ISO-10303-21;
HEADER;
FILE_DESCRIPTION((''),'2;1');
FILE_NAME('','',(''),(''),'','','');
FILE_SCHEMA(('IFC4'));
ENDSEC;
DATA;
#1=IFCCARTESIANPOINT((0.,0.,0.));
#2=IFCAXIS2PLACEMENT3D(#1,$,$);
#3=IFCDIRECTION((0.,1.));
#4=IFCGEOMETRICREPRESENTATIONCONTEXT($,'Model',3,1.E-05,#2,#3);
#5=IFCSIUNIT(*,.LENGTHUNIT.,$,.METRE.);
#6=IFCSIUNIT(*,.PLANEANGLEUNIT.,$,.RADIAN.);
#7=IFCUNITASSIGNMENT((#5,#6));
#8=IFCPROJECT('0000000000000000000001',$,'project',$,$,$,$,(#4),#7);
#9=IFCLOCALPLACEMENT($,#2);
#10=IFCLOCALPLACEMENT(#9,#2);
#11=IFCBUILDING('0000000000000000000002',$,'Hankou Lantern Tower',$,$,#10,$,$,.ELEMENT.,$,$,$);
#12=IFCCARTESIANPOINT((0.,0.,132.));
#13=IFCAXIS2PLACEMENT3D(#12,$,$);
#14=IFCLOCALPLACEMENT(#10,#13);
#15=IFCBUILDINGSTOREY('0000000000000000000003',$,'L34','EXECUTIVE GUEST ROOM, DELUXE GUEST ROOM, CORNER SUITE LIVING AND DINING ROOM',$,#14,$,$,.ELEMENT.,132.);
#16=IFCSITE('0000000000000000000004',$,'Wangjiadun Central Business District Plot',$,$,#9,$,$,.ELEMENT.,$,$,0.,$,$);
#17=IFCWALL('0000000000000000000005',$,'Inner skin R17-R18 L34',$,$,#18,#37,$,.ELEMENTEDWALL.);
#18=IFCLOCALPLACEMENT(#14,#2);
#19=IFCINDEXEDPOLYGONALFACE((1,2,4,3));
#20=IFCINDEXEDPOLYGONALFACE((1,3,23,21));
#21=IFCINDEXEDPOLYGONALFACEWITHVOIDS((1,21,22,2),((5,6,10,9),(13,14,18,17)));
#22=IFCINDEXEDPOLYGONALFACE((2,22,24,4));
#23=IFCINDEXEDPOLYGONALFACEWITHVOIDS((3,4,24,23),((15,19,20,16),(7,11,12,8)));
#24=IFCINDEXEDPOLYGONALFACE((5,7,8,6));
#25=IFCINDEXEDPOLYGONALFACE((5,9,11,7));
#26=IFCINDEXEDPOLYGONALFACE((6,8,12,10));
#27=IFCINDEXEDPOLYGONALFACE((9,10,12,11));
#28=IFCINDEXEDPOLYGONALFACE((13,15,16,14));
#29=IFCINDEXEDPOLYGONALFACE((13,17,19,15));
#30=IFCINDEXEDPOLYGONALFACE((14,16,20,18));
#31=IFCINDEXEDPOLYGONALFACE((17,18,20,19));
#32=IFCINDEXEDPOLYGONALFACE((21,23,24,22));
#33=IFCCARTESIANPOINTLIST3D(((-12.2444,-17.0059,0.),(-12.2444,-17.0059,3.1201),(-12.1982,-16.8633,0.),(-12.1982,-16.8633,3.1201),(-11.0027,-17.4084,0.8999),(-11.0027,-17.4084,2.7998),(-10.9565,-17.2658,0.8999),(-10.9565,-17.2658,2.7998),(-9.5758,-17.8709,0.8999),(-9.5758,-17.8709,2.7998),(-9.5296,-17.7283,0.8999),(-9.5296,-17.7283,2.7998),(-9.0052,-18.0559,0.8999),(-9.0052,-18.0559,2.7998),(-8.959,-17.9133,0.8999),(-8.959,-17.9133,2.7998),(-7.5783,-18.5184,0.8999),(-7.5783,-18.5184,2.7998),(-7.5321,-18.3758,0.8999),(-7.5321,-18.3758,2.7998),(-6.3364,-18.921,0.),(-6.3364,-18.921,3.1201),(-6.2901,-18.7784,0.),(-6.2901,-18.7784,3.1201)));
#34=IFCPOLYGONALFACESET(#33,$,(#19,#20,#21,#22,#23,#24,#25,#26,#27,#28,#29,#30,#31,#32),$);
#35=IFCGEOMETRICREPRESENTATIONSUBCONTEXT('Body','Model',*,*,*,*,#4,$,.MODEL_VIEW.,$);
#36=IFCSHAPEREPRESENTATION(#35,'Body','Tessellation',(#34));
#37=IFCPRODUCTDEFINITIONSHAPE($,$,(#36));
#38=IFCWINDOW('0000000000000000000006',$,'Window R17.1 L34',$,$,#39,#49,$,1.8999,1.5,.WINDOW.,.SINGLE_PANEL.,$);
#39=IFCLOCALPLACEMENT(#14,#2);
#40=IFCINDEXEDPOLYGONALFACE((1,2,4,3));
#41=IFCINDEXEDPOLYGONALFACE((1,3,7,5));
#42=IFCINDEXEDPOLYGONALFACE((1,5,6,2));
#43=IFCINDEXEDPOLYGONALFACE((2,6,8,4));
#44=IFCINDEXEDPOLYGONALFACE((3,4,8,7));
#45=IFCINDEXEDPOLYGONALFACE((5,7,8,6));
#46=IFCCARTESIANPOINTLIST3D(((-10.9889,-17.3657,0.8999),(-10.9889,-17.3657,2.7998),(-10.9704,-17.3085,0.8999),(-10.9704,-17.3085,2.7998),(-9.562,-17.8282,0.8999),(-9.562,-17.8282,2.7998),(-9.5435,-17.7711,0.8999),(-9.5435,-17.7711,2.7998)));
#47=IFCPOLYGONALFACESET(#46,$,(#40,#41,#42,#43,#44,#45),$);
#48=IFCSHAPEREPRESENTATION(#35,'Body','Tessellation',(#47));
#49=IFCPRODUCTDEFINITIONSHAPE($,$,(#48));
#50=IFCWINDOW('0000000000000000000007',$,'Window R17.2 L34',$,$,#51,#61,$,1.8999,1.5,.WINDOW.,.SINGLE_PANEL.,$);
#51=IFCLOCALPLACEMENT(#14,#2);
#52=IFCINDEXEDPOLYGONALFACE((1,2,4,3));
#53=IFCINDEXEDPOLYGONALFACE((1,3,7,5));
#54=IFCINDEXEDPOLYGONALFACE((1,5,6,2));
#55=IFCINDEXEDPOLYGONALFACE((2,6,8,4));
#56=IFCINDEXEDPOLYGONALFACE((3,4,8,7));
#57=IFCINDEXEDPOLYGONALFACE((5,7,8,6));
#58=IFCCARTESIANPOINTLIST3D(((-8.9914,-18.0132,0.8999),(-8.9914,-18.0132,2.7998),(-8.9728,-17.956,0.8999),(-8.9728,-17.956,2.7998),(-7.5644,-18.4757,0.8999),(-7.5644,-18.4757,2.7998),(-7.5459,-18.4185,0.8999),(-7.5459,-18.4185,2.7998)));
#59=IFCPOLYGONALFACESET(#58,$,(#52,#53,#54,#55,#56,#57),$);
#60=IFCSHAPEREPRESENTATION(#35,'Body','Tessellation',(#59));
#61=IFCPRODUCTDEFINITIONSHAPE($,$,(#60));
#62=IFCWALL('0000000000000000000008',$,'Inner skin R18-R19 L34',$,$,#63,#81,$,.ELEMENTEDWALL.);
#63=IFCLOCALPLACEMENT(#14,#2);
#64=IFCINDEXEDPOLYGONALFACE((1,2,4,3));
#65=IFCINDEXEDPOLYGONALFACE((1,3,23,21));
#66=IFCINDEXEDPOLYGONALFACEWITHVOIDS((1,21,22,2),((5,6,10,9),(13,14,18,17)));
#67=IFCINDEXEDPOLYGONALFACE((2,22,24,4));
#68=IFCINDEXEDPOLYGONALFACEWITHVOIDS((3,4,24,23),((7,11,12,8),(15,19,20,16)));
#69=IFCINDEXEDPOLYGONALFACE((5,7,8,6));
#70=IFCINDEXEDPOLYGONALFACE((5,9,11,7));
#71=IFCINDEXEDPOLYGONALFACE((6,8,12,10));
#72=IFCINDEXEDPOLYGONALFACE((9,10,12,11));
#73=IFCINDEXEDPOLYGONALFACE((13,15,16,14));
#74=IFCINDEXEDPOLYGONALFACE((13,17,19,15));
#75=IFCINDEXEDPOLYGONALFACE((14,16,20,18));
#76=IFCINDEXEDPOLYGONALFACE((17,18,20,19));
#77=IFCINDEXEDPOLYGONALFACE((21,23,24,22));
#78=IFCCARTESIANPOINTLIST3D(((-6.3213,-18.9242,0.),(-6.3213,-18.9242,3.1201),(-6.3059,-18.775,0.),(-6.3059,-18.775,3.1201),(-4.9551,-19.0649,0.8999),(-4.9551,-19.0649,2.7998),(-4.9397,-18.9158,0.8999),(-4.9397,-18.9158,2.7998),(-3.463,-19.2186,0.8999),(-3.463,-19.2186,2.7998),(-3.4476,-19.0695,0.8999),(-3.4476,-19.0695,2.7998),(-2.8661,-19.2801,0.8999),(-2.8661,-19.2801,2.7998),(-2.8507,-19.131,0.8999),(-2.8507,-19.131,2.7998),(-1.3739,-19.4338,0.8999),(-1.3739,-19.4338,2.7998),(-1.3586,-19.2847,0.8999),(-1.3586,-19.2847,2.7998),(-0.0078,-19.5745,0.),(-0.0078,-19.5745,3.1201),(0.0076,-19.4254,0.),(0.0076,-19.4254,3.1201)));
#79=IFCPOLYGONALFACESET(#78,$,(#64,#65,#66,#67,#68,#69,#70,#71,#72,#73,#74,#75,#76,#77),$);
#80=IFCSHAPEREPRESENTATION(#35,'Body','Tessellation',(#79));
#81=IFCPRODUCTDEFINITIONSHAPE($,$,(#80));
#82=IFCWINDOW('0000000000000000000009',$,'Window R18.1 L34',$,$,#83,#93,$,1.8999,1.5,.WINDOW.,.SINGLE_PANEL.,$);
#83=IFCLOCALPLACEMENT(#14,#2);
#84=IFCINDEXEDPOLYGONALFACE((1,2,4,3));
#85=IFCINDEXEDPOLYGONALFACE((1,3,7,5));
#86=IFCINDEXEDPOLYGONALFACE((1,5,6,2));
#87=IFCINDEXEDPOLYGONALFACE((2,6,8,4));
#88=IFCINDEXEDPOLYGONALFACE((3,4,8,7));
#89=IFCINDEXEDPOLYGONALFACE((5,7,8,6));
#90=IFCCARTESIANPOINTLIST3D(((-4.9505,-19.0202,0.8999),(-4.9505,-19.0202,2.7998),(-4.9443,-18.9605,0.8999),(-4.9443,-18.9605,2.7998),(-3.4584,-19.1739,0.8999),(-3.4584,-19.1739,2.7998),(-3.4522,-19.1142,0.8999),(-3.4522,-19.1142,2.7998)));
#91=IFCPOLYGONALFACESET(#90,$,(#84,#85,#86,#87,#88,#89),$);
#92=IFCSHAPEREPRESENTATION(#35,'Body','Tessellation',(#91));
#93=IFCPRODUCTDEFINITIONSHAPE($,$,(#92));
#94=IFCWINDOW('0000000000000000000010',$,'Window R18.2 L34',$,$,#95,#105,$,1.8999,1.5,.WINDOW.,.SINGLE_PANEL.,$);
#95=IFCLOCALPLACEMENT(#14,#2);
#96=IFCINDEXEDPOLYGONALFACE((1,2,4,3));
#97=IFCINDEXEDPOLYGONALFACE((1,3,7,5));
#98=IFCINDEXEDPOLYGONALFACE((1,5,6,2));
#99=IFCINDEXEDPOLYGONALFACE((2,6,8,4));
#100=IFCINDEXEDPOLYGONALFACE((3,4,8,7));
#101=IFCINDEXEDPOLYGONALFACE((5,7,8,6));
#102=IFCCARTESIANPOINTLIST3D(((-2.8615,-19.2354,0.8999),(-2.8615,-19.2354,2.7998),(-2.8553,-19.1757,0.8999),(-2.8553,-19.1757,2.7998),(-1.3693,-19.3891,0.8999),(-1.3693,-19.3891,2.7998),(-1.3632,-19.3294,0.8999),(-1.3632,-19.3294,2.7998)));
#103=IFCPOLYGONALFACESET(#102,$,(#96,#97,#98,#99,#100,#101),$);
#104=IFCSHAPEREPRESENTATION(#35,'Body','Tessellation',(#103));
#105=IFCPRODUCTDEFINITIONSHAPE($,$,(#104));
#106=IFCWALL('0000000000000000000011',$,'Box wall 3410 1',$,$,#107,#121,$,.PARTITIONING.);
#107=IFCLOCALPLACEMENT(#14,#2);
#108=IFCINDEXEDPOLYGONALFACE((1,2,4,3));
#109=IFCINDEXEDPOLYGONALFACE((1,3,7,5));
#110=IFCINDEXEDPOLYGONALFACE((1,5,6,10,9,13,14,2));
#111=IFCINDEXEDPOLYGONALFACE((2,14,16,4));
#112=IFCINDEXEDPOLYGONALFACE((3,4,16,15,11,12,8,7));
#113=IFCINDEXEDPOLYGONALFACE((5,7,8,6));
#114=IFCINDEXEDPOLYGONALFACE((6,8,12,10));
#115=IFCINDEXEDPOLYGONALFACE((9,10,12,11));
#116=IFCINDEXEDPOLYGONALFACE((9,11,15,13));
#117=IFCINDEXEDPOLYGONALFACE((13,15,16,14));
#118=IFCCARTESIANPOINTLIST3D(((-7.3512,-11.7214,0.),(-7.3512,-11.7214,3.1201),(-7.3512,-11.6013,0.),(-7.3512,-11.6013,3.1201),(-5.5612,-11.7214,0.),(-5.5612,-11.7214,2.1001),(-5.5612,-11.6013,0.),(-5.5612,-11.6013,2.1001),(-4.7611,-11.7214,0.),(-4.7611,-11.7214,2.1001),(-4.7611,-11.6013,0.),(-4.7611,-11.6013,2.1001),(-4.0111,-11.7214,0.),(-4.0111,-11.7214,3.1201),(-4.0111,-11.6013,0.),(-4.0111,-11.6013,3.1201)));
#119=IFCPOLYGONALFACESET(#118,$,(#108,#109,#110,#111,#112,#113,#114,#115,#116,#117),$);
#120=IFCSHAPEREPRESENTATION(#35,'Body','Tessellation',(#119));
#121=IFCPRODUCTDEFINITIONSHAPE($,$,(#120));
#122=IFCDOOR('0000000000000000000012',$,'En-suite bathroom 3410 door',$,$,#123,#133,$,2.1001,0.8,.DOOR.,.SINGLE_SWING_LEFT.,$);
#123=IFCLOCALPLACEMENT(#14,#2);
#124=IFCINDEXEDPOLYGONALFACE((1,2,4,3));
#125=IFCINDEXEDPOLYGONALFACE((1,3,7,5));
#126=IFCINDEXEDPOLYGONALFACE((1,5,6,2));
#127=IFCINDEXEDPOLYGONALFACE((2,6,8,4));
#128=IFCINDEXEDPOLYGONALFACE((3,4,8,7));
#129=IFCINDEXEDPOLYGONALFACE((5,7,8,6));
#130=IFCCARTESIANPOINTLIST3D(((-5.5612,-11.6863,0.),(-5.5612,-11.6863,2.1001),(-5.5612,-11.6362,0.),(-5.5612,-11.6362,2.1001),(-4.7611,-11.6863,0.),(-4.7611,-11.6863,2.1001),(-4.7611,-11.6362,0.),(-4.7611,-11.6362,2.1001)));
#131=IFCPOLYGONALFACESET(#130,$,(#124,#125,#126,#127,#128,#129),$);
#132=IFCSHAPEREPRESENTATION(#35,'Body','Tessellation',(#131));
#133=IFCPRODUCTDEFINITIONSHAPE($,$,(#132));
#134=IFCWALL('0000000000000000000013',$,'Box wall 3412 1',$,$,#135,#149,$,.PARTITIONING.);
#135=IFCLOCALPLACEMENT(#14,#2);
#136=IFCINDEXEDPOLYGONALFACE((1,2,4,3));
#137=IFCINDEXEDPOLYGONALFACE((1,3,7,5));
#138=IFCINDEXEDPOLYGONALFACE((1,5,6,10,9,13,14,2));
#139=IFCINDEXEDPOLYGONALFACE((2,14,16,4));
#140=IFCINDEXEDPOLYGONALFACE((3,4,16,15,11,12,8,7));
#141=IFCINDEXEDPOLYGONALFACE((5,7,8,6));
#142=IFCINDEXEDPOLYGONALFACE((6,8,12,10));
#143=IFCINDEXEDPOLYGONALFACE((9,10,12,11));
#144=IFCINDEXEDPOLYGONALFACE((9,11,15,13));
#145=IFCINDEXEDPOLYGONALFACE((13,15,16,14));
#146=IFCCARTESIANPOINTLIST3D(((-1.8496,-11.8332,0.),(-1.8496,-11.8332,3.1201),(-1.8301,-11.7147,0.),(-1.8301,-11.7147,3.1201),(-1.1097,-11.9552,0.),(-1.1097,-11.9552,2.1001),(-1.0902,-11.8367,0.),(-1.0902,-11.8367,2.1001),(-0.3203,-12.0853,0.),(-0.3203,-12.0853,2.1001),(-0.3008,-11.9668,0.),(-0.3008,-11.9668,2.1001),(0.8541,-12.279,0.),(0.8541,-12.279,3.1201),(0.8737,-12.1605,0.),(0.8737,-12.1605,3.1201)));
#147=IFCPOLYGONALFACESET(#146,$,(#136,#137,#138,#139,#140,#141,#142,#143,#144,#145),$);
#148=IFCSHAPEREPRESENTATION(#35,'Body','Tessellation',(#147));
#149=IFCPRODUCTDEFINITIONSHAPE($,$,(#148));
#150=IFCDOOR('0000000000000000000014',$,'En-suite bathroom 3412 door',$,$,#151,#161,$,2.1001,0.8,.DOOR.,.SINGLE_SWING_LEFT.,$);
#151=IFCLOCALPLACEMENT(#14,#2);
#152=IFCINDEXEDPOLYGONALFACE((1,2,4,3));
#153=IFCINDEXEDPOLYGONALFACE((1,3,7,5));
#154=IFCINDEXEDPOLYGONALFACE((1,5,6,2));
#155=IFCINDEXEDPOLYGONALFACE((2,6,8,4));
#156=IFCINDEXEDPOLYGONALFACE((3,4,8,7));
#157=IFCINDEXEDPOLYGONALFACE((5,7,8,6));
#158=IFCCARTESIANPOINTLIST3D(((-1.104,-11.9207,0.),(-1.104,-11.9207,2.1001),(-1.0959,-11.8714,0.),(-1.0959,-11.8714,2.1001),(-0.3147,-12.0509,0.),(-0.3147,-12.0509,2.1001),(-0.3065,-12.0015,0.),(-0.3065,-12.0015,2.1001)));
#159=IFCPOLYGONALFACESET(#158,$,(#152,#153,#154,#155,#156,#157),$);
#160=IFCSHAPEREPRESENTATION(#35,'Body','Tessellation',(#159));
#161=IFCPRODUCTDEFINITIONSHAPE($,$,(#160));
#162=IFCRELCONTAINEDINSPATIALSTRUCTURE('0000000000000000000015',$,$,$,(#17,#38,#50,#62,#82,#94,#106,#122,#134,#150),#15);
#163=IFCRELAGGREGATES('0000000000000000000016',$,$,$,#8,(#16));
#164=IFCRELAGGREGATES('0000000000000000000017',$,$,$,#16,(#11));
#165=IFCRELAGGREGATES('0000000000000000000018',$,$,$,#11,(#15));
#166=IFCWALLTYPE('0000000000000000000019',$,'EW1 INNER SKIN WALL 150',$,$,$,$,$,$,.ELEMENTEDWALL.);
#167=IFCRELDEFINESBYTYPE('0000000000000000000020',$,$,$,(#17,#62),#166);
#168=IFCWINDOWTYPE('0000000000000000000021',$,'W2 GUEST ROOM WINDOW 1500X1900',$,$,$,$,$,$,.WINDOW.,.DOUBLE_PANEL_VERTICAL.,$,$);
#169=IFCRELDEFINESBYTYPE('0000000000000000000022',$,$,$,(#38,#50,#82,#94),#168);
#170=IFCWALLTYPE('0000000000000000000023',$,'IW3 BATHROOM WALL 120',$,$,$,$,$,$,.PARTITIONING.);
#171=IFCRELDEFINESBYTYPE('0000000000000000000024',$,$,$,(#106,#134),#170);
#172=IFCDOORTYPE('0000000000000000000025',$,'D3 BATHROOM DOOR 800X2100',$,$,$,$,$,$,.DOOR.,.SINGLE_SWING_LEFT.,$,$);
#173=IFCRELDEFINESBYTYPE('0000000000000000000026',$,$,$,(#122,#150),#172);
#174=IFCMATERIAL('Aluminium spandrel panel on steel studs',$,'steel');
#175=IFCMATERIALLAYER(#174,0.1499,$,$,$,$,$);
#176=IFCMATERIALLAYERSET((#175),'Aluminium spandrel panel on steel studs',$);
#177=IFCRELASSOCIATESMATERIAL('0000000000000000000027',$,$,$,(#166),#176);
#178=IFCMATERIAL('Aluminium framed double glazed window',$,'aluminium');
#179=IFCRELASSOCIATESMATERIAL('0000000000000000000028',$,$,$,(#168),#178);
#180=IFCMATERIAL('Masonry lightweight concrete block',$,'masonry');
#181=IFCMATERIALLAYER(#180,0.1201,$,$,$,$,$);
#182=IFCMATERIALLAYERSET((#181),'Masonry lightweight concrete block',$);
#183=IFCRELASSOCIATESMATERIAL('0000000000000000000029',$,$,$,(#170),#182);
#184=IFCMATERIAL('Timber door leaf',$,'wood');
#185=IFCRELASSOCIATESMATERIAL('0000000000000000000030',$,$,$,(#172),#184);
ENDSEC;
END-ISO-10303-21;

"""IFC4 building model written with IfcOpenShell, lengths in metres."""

from ifc_helpers import new_model, si_unit, direction, frame, frame_2d, origin, place, context, subcontext, project, spatial, rectangle, extrude, material, layer, layer_set, type_object, element, fill, save


model = new_model("IFC4")

# Units and contexts
model_context = context("Model", 3, precision=1e-05, world=origin(), true_north=direction((0.0, 1.0)))
body_context = subcontext(model_context, "Body", "Model", "MODEL_VIEW")
ifc_project = project(units=[si_unit("LENGTHUNIT", "METRE"), si_unit("PLANEANGLEUNIT", "RADIAN")], contexts=[model_context])

# Site, building, storey
site_placement = place(None, origin())
site = spatial("IfcSite", under=ifc_project, at=site_placement, Name="Wangjiadun Central Business District Plot", CompositionType="ELEMENT", RefElevation=0.0)
building_placement = place(site_placement, origin())
building = spatial("IfcBuilding", under=site, at=building_placement, Name="Hankou Lantern Tower", CompositionType="ELEMENT")
storey_placement = place(building_placement, frame((0.0, 0.0, 132.0)))
storey = spatial("IfcBuildingStorey", under=building, at=storey_placement, Name="L34", Description="EXECUTIVE GUEST ROOM, DELUXE GUEST ROOM, CORNER SUITE LIVING AND DINING ROOM", CompositionType="ELEMENT", Elevation=132.0)

# Walls, openings, windows
ifc_material_1 = material(Name="Aluminium spandrel panel on steel studs", Category="steel")
ifc_layer_1 = layer(ifc_material_1, 0.1499)
ifc_layer_set_1 = layer_set([ifc_layer_1], Name="Aluminium spandrel panel on steel studs")
wall_type_1 = type_object("IfcWallType", Name="EW1 INNER SKIN WALL 150", PredefinedType="ELEMENTEDWALL", material=ifc_layer_set_1)
wall_1_placement = place(storey_placement, frame((-12.2214, -16.9346, 0.0), z_axis=(0.0, 0.0, 1.0), x_axis=(0.951273, -0.308351, 0.0)))
wall_1 = element("IfcWall", 1, at=wall_1_placement, inside=storey, type_object=wall_type_1, Name="Inner skin R17-R18 L34", PredefinedType="ELEMENTEDWALL", context=body_context, shape_type="SweptSolid", body=[
    extrude(rectangle(XDim=6.2107, YDim=0.1499, at=frame_2d((3.1055, 0.0))), origin(), (0.0, 0.0, 1.0), 3.1201),
])
opening_1_placement = place(wall_1_placement, frame((1.3054, 0.0, 0.8999)))
opening_1 = element("IfcOpeningElement", 2, at=opening_1_placement, cuts=wall_1, PredefinedType="OPENING", context=body_context, shape_type="SweptSolid", body=[
    extrude(rectangle(XDim=1.5, YDim=1.8999, at=frame_2d((0.75, 0.95))), frame((0.0, 0.085, 0.0), z_axis=(0.0, -1.0, 0.0), x_axis=(1.0, 0.0, 0.0)), (0.0, 0.0, 1.0), 0.1699),
])
opening_2_placement = place(wall_1_placement, frame((3.4053, 0.0, 0.8999)))
opening_2 = element("IfcOpeningElement", 3, at=opening_2_placement, cuts=wall_1, PredefinedType="OPENING", context=body_context, shape_type="SweptSolid", body=[
    extrude(rectangle(XDim=1.5, YDim=1.8999, at=frame_2d((0.75, 0.95))), frame((0.0, 0.085, 0.0), z_axis=(0.0, -1.0, 0.0), x_axis=(1.0, 0.0, 0.0)), (0.0, 0.0, 1.0), 0.1699),
])
ifc_material_2 = material(Name="Aluminium framed double glazed window", Category="aluminium")
window_type = type_object("IfcWindowType", Name="W2 GUEST ROOM WINDOW 1500X1900", PartitioningType="DOUBLE_PANEL_VERTICAL", PredefinedType="WINDOW", material=ifc_material_2)
window_1_placement = place(opening_1_placement, origin())
window_1 = element("IfcWindow", 4, at=window_1_placement, inside=storey, type_object=window_type, Name="Window R17.1 L34", OverallHeight=1.8999, OverallWidth=1.5, PartitioningType="SINGLE_PANEL", PredefinedType="WINDOW", context=body_context, shape_type="SweptSolid", body=[
    extrude(rectangle(XDim=1.5, YDim=1.8999, at=frame_2d((0.75, 0.95))), frame((0.0, 0.03, 0.0), z_axis=(0.0, -1.0, 0.0), x_axis=(1.0, 0.0, 0.0)), (0.0, 0.0, 1.0), 0.0601),
])
fill(opening_1, window_1)
window_2_placement = place(opening_2_placement, origin())
window_2 = element("IfcWindow", 5, at=window_2_placement, inside=storey, type_object=window_type, Name="Window R17.2 L34", OverallHeight=1.8999, OverallWidth=1.5, PartitioningType="SINGLE_PANEL", PredefinedType="WINDOW", context=body_context, shape_type="SweptSolid", body=[
    extrude(rectangle(XDim=1.5, YDim=1.8999, at=frame_2d((0.75, 0.95))), frame((0.0, 0.03, 0.0), z_axis=(0.0, -1.0, 0.0), x_axis=(1.0, 0.0, 0.0)), (0.0, 0.0, 1.0), 0.0601),
])
fill(opening_2, window_2)
wall_2_placement = place(storey_placement, frame((-6.3135, -18.8496, 0.0), z_axis=(0.0, 0.0, 1.0), x_axis=(0.994736, -0.102474, 0.0)))
wall_2 = element("IfcWall", 6, at=wall_2_placement, inside=storey, type_object=wall_type_1, Name="Inner skin R18-R19 L34", PredefinedType="ELEMENTEDWALL", context=body_context, shape_type="SweptSolid", body=[
    extrude(rectangle(XDim=6.3469, YDim=0.1499, at=frame_2d((3.1733, 0.0))), origin(), (0.0, 0.0, 1.0), 3.1201),
])
opening_3_placement = place(wall_2_placement, frame((1.3733, 0.0, 0.8999)))
opening_3 = element("IfcOpeningElement", 7, at=opening_3_placement, cuts=wall_2, PredefinedType="OPENING", context=body_context, shape_type="SweptSolid", body=[
    extrude(rectangle(XDim=1.5, YDim=1.8999, at=frame_2d((0.75, 0.95))), frame((0.0, 0.085, 0.0), z_axis=(0.0, -1.0, 0.0), x_axis=(1.0, 0.0, 0.0)), (0.0, 0.0, 1.0), 0.1699),
])
opening_4_placement = place(wall_2_placement, frame((3.4734, 0.0, 0.8999)))
opening_4 = element("IfcOpeningElement", 8, at=opening_4_placement, cuts=wall_2, PredefinedType="OPENING", context=body_context, shape_type="SweptSolid", body=[
    extrude(rectangle(XDim=1.5, YDim=1.8999, at=frame_2d((0.75, 0.95))), frame((0.0, 0.085, 0.0), z_axis=(0.0, -1.0, 0.0), x_axis=(1.0, 0.0, 0.0)), (0.0, 0.0, 1.0), 0.1699),
])
window_3_placement = place(opening_3_placement, origin())
window_3 = element("IfcWindow", 9, at=window_3_placement, inside=storey, type_object=window_type, Name="Window R18.1 L34", OverallHeight=1.8999, OverallWidth=1.5, PartitioningType="SINGLE_PANEL", PredefinedType="WINDOW", context=body_context, shape_type="SweptSolid", body=[
    extrude(rectangle(XDim=1.5, YDim=1.8999, at=frame_2d((0.75, 0.95))), frame((0.0, 0.03, 0.0), z_axis=(0.0, -1.0, 0.0), x_axis=(1.0, 0.0, 0.0)), (0.0, 0.0, 1.0), 0.0601),
])
fill(opening_3, window_3)
window_4_placement = place(opening_4_placement, origin())
window_4 = element("IfcWindow", 10, at=window_4_placement, inside=storey, type_object=window_type, Name="Window R18.2 L34", OverallHeight=1.8999, OverallWidth=1.5, PartitioningType="SINGLE_PANEL", PredefinedType="WINDOW", context=body_context, shape_type="SweptSolid", body=[
    extrude(rectangle(XDim=1.5, YDim=1.8999, at=frame_2d((0.75, 0.95))), frame((0.0, 0.03, 0.0), z_axis=(0.0, -1.0, 0.0), x_axis=(1.0, 0.0, 0.0)), (0.0, 0.0, 1.0), 0.0601),
])
fill(opening_4, window_4)

# Walls, openings, doors
ifc_material_3 = material(Name="Masonry lightweight concrete block", Category="masonry")
ifc_layer_2 = layer(ifc_material_3, 0.1201)
ifc_layer_set_2 = layer_set([ifc_layer_2], Name="Masonry lightweight concrete block")
wall_type_2 = type_object("IfcWallType", Name="IW3 BATHROOM WALL 120", PredefinedType="PARTITIONING", material=ifc_layer_set_2)
wall_3_placement = place(storey_placement, frame((-4.0112, -11.6614, 0.0), z_axis=(0.0, 0.0, 1.0), x_axis=(-1.0, 0.0, 0.0)))
wall_3 = element("IfcWall", 11, at=wall_3_placement, inside=storey, type_object=wall_type_2, Name="Box wall 3410 1", PredefinedType="PARTITIONING", context=body_context, shape_type="SweptSolid", body=[
    extrude(rectangle(XDim=3.3401, YDim=0.1201, at=frame_2d((1.6699, 0.0))), origin(), (0.0, 0.0, 1.0), 3.1201),
])
opening_5_placement = place(wall_3_placement, frame((0.75, 0.0, 0.0)))
opening_5 = element("IfcOpeningElement", 12, at=opening_5_placement, cuts=wall_3, PredefinedType="OPENING", context=body_context, shape_type="SweptSolid", body=[
    extrude(rectangle(XDim=0.8, YDim=2.1001, at=frame_2d((0.3999, 1.05))), frame((0.0, 0.0701, 0.0), z_axis=(0.0, -1.0, 0.0), x_axis=(1.0, 0.0, 0.0)), (0.0, 0.0, 1.0), 0.1401),
])
ifc_material_4 = material(Name="Timber door leaf", Category="wood")
door_type = type_object("IfcDoorType", Name="D3 BATHROOM DOOR 800X2100", OperationType="SINGLE_SWING_LEFT", PredefinedType="DOOR", material=ifc_material_4)
door_1_placement = place(opening_5_placement, origin())
door_1 = element("IfcDoor", 13, at=door_1_placement, inside=storey, type_object=door_type, Name="En-suite bathroom 3410 door", OperationType="SINGLE_SWING_LEFT", OverallHeight=2.1001, OverallWidth=0.8, PredefinedType="DOOR", context=body_context, shape_type="SweptSolid", body=[
    extrude(rectangle(XDim=0.8, YDim=2.1001, at=frame_2d((0.3999, 1.05))), frame((0.0, 0.0249, 0.0), z_axis=(0.0, -1.0, 0.0), x_axis=(1.0, 0.0, 0.0)), (0.0, 0.0, 1.0), 0.05),
])
fill(opening_5, door_1)
wall_4_placement = place(storey_placement, frame((-1.8398, -11.7739, 0.0), z_axis=(0.0, 0.0, 1.0), x_axis=(0.986677, -0.162694, 0.0)))
wall_4 = element("IfcWall", 14, at=wall_4_placement, inside=storey, type_object=wall_type_2, Name="Box wall 3412 1", PredefinedType="PARTITIONING", context=body_context, shape_type="SweptSolid", body=[
    extrude(rectangle(XDim=2.7402, YDim=0.1201, at=frame_2d((1.3701, 0.0))), origin(), (0.0, 0.0, 1.0), 3.1201),
])
opening_6_placement = place(wall_4_placement, frame((0.75, 0.0, 0.0)))
opening_6 = element("IfcOpeningElement", 15, at=opening_6_placement, cuts=wall_4, PredefinedType="OPENING", context=body_context, shape_type="SweptSolid", body=[
    extrude(rectangle(XDim=0.8, YDim=2.1001, at=frame_2d((0.3999, 1.05))), frame((0.0, 0.0701, 0.0), z_axis=(0.0, -1.0, 0.0), x_axis=(1.0, 0.0, 0.0)), (0.0, 0.0, 1.0), 0.1401),
])
door_2_placement = place(opening_6_placement, origin())
door_2 = element("IfcDoor", 16, at=door_2_placement, inside=storey, type_object=door_type, Name="En-suite bathroom 3412 door", OperationType="SINGLE_SWING_LEFT", OverallHeight=2.1001, OverallWidth=0.8, PredefinedType="DOOR", context=body_context, shape_type="SweptSolid", body=[
    extrude(rectangle(XDim=0.8, YDim=2.1001, at=frame_2d((0.3999, 1.05))), frame((0.0, 0.0249, 0.0), z_axis=(0.0, -1.0, 0.0), x_axis=(1.0, 0.0, 0.0)), (0.0, 0.0, 1.0), 0.05),
])
fill(opening_6, door_2)

save(model, "model.ifc")
